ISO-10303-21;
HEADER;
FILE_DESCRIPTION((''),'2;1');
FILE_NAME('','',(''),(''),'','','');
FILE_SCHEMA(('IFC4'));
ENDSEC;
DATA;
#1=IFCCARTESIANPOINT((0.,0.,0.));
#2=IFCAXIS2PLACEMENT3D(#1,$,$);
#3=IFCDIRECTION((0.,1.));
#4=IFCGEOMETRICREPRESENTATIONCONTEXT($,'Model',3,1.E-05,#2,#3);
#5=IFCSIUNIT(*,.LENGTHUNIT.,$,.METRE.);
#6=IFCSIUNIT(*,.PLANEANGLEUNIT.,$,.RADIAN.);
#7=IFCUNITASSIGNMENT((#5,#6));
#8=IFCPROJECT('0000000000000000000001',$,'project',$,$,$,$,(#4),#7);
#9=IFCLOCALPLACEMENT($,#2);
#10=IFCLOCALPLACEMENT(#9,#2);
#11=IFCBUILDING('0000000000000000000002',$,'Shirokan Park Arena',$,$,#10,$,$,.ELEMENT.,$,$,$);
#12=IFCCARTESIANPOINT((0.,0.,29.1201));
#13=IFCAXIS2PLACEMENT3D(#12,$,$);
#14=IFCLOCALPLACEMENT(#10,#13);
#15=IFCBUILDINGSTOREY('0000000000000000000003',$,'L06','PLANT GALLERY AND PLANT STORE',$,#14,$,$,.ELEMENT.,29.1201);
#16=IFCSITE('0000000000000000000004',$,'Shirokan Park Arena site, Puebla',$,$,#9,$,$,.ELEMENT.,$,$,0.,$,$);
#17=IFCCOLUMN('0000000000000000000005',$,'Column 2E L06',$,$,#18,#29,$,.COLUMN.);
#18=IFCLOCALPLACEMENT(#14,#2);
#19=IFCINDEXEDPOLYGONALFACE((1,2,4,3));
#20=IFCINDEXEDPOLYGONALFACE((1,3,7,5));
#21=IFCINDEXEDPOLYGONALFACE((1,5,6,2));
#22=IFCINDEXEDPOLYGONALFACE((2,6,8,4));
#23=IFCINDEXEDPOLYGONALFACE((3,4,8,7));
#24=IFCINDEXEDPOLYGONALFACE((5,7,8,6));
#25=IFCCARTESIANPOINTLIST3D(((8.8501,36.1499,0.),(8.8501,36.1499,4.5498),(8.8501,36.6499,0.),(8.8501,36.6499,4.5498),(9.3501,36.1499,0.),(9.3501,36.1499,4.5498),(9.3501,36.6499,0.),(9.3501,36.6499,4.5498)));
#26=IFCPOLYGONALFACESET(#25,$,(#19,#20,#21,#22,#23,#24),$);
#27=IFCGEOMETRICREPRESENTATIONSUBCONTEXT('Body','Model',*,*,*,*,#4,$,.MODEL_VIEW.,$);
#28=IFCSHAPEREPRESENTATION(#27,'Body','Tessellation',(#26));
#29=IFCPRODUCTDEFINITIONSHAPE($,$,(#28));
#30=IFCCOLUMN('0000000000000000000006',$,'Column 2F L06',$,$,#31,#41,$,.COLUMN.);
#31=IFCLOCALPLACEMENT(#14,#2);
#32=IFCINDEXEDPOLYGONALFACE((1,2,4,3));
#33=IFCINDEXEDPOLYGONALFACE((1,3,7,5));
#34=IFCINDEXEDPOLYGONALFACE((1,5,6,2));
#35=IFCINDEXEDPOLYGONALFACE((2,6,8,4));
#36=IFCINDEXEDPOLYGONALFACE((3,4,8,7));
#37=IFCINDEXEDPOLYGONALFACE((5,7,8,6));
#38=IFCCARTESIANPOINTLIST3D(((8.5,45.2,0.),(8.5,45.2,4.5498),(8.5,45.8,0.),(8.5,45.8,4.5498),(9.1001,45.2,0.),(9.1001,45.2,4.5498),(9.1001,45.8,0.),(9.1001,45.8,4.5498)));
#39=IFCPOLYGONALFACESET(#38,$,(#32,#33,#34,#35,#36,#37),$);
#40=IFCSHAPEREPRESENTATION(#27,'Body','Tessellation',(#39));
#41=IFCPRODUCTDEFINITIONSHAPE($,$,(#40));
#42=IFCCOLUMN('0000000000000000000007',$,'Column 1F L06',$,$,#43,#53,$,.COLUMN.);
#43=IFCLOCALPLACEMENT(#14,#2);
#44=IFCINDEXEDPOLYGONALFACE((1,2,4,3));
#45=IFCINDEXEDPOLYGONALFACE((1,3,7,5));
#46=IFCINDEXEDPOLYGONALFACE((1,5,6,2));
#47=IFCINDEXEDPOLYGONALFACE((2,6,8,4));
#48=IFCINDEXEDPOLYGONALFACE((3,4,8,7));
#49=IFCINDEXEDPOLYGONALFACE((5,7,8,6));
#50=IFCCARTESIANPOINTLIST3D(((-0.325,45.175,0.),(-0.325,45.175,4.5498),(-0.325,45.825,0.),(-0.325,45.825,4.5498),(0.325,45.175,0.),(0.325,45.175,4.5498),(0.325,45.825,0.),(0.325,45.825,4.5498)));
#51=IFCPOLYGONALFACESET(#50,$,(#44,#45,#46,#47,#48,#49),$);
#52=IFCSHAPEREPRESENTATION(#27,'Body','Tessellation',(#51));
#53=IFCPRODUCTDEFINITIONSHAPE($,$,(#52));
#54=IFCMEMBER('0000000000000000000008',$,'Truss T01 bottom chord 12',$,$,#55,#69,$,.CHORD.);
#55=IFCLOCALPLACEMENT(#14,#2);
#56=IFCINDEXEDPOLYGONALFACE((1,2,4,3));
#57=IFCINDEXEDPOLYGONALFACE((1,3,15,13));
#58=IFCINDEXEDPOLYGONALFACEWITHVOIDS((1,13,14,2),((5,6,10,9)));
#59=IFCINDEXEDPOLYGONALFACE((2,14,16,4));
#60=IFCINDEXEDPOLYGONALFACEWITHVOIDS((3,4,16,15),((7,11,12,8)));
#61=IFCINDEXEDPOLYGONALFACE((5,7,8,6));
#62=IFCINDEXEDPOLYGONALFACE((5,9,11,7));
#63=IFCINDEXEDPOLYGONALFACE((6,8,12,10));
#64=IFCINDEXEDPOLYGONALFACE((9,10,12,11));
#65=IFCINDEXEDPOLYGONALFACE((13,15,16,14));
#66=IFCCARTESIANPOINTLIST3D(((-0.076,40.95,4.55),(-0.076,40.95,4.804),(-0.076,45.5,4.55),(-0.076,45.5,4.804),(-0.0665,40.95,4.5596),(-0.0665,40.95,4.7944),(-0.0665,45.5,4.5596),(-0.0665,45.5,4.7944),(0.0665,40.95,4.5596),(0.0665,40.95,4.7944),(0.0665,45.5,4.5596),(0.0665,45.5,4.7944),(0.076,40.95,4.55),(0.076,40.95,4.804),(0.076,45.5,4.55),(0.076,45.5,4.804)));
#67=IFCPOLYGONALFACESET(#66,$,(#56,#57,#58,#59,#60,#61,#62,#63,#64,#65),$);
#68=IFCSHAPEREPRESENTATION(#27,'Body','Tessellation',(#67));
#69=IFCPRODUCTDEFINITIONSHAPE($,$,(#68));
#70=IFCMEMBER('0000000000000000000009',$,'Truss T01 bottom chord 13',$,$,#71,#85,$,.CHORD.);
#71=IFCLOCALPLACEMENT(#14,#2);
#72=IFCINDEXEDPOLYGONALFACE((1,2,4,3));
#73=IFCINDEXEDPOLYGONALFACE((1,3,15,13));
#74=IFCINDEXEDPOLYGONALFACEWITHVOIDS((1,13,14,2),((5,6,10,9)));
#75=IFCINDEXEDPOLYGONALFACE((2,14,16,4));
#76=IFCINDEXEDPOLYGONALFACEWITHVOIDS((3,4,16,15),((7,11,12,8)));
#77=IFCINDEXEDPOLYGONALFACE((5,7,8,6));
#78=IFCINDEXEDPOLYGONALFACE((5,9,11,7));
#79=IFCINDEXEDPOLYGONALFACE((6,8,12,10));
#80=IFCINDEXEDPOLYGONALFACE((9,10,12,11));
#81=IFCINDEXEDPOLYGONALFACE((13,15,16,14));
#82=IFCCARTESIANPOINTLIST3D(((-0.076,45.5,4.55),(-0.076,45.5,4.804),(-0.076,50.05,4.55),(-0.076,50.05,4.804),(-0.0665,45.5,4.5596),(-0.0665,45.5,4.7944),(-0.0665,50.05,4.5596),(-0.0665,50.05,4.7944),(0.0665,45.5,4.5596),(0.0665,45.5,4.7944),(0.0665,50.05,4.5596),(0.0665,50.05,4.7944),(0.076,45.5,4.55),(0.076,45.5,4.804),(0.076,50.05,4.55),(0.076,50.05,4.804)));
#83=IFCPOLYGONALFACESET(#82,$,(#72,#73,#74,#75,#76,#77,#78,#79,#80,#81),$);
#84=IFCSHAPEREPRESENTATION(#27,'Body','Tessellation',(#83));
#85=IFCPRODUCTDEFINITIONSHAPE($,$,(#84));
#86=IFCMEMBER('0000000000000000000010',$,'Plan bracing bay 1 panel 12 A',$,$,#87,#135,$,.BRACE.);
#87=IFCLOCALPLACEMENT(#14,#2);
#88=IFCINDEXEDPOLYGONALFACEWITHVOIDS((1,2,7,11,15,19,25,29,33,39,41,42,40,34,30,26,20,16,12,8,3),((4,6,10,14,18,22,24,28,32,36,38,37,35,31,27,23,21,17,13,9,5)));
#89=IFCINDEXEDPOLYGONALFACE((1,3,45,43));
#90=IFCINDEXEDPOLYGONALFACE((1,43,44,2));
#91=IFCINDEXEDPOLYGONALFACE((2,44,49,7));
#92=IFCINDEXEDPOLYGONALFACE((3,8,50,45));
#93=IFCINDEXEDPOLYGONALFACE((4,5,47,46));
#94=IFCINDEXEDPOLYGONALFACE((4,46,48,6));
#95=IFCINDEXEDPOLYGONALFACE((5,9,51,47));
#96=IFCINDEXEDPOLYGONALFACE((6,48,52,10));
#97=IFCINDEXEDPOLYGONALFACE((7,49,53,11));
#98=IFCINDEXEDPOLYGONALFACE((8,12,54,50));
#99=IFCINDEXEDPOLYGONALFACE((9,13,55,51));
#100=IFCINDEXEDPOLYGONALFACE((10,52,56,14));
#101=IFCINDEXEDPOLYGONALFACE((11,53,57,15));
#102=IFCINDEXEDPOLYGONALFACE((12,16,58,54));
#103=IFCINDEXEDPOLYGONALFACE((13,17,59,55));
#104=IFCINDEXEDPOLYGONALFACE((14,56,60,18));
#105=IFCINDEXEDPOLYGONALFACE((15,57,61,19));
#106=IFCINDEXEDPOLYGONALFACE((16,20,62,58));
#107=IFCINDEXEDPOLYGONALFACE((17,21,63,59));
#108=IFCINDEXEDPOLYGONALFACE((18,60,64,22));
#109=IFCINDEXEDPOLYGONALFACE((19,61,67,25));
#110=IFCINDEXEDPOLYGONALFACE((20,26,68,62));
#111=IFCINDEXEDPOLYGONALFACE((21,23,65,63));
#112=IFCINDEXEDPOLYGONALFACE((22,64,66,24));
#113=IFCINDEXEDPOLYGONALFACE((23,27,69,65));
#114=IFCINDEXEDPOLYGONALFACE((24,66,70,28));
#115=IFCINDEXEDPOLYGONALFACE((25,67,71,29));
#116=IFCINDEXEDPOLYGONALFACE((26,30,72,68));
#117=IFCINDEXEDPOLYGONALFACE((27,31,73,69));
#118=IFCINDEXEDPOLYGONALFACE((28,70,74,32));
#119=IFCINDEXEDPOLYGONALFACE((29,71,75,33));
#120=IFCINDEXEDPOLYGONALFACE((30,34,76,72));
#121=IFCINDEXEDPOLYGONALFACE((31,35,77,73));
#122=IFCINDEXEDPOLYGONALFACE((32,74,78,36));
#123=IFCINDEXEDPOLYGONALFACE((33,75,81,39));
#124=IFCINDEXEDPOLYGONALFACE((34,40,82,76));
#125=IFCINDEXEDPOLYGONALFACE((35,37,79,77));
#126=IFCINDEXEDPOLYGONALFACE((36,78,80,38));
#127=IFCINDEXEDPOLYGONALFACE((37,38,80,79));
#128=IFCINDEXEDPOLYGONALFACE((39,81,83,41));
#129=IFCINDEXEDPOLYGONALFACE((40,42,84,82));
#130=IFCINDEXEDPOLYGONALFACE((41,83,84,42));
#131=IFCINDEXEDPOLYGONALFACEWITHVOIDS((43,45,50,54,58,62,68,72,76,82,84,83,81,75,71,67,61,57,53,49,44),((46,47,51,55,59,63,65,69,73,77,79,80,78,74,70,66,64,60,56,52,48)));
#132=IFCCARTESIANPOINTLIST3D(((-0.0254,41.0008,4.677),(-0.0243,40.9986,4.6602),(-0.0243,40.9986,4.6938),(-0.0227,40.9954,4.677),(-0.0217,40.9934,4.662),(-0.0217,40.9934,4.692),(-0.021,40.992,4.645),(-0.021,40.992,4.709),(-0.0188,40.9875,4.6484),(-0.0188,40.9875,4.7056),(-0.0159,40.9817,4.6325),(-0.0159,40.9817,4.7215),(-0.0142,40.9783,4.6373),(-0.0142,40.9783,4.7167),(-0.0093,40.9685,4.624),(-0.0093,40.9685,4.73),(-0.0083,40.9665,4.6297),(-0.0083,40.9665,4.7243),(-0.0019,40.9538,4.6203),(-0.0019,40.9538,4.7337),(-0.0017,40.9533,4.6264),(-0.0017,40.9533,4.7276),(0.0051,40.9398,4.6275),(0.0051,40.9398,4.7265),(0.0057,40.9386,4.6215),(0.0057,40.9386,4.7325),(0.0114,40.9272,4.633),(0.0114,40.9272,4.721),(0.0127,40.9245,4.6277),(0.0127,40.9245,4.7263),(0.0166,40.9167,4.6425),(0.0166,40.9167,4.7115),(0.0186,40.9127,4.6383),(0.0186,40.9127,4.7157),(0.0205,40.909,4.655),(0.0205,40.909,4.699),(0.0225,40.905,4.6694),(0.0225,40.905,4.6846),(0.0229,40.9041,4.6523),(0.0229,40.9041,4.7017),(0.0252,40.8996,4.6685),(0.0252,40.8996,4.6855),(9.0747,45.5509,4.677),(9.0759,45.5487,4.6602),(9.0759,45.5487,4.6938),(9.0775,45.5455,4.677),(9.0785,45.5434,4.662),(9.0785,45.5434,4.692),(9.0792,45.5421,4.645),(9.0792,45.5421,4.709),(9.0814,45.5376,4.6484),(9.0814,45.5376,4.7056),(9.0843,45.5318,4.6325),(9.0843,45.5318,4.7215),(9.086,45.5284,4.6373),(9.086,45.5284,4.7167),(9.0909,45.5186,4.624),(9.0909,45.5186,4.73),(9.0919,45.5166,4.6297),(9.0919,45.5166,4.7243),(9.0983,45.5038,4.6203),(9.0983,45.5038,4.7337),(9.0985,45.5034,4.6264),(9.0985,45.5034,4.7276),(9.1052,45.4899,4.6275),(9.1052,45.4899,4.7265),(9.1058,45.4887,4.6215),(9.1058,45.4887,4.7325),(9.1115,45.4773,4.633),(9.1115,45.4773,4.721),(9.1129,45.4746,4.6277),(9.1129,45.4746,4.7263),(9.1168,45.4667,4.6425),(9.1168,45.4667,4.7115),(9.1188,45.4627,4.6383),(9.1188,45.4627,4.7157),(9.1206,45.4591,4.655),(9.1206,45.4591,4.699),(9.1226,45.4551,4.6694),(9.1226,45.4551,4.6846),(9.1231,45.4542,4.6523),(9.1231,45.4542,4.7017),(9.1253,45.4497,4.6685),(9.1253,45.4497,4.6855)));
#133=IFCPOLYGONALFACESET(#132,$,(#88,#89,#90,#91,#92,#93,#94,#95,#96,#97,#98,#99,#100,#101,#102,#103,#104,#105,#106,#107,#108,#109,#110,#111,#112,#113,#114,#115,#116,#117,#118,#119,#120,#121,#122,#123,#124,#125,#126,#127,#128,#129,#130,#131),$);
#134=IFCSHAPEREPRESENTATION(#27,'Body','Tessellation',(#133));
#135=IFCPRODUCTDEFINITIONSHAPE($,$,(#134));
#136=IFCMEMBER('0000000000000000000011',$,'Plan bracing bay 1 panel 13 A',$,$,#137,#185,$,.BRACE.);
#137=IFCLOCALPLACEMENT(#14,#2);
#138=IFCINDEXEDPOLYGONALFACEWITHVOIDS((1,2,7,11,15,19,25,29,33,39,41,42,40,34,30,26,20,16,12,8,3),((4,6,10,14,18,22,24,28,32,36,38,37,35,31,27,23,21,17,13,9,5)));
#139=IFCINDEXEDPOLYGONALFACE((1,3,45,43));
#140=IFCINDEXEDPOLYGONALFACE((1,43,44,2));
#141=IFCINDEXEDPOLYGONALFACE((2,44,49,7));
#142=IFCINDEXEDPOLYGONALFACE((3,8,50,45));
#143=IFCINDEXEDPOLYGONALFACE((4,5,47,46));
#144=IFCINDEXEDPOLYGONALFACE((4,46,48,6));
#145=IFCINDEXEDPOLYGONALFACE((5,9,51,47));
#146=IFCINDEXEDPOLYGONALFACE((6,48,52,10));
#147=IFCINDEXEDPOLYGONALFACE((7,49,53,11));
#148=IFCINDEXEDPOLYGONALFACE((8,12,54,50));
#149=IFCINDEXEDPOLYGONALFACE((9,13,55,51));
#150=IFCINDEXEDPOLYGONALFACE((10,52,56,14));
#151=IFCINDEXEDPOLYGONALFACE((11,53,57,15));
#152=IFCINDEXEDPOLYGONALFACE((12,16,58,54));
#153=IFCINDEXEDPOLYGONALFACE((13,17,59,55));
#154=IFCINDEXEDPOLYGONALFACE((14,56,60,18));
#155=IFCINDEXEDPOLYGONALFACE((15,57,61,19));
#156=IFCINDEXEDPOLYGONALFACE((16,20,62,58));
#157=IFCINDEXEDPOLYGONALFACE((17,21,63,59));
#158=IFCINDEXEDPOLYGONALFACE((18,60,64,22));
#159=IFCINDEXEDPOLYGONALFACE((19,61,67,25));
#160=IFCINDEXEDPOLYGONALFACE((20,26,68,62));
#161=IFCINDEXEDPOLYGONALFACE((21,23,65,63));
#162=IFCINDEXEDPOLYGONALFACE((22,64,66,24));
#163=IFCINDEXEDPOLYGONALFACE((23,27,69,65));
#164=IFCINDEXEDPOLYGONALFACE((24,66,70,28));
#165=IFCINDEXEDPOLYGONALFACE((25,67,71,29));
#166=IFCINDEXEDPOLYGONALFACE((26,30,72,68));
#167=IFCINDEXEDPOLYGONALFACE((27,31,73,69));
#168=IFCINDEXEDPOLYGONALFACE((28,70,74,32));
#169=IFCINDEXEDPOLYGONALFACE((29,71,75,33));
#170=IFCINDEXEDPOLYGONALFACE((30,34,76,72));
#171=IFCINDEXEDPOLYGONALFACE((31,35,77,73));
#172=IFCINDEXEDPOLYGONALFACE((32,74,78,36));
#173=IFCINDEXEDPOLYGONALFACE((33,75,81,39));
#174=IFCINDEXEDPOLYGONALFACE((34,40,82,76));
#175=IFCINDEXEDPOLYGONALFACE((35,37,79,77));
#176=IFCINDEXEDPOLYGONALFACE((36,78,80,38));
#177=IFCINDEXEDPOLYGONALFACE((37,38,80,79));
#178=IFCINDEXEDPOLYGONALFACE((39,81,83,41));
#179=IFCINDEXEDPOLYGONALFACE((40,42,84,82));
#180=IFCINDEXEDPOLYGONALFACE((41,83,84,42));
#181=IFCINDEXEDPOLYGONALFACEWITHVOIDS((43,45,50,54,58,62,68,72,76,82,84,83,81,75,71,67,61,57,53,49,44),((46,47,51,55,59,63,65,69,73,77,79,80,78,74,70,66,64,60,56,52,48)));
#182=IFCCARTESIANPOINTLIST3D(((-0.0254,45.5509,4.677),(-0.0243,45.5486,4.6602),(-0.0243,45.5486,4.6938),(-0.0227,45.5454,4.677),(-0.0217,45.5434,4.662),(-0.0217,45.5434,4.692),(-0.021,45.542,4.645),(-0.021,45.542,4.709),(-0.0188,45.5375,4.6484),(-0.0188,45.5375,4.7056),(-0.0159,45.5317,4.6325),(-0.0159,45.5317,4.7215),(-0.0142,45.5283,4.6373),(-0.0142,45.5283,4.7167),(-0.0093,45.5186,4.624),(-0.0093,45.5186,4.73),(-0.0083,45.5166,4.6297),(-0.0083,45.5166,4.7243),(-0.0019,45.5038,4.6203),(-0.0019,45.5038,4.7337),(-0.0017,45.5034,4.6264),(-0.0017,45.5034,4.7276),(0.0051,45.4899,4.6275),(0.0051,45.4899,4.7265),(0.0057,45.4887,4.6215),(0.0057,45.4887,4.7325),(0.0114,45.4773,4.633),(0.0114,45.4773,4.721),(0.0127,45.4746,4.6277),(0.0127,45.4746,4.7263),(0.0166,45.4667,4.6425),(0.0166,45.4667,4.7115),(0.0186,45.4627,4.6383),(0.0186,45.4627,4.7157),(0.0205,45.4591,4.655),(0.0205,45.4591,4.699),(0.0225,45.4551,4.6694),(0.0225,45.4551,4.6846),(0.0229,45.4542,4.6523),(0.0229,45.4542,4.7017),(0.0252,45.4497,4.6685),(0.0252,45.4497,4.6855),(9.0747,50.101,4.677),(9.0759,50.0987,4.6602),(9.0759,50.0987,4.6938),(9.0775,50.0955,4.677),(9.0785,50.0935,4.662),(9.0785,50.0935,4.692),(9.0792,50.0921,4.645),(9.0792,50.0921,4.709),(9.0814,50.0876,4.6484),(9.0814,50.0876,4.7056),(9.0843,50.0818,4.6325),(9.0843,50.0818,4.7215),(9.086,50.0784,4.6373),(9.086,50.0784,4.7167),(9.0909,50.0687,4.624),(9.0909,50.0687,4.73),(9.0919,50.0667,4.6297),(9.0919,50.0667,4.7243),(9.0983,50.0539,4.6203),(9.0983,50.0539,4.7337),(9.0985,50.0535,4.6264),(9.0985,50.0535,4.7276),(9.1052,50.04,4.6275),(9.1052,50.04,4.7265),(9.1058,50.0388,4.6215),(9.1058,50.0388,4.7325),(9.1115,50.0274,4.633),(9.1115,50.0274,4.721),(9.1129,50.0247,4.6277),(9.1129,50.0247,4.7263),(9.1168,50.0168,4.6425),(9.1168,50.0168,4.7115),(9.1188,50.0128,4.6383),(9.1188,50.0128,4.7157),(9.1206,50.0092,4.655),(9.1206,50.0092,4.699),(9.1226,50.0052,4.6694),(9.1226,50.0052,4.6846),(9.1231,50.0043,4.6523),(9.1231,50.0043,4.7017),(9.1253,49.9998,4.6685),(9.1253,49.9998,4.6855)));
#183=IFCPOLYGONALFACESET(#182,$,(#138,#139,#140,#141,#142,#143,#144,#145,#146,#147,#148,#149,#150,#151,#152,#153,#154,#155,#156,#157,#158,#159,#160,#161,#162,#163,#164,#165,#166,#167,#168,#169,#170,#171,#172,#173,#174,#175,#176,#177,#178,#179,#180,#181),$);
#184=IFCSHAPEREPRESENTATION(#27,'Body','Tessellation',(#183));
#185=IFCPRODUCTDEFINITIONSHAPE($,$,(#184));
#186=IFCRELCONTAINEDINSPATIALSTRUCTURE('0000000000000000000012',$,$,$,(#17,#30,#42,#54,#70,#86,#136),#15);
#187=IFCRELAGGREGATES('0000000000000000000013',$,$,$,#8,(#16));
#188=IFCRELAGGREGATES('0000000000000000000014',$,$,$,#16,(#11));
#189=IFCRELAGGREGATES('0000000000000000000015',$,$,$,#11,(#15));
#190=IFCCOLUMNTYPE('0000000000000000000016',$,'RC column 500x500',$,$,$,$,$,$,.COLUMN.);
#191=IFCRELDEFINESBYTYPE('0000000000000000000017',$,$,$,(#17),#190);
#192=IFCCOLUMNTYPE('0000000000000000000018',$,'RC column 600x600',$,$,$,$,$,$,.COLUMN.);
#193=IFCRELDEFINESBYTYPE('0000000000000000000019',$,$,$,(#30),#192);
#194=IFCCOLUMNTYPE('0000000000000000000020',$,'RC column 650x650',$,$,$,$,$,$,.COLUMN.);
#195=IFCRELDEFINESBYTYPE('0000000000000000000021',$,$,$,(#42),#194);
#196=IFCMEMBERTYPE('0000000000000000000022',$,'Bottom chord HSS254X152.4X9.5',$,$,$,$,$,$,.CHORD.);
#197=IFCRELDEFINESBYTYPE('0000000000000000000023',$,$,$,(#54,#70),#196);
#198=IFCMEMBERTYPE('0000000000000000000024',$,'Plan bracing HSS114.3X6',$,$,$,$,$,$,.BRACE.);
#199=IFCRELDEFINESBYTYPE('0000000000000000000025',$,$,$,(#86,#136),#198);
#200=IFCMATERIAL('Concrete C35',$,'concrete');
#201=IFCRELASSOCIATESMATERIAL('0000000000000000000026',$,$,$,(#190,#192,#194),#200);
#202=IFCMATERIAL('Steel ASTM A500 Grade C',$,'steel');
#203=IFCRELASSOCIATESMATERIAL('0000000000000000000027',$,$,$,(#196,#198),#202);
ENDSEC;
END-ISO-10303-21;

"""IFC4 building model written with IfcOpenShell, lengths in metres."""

from ifc_helpers import new_model, si_unit, direction, frame, origin, origin_2d, place, context, subcontext, project, spatial, rectangle, hollow_rectangle, hollow_circle, extrude, material, material_profile, profile_set, type_object, element, save


model = new_model("IFC4")

# Units and contexts
model_context = context("Model", 3, precision=1e-05, world=origin(), true_north=direction((0.0, 1.0)))
body_context = subcontext(model_context, "Body", "Model", "MODEL_VIEW")
ifc_project = project(units=[si_unit("LENGTHUNIT", "METRE"), si_unit("PLANEANGLEUNIT", "RADIAN")], contexts=[model_context])

# Site, building, storey
site_placement = place(None, origin())
site = spatial("IfcSite", under=ifc_project, at=site_placement, Name="Shirokan Park Arena site, Puebla", CompositionType="ELEMENT", RefElevation=0.0)
building_placement = place(site_placement, origin())
building = spatial("IfcBuilding", under=site, at=building_placement, Name="Shirokan Park Arena", CompositionType="ELEMENT")
storey_placement = place(building_placement, frame((0.0, 0.0, 29.1201)))
storey = spatial("IfcBuildingStorey", under=building, at=storey_placement, Name="L06", Description="PLANT GALLERY AND PLANT STORE", CompositionType="ELEMENT", Elevation=29.1201)

# Columns
ifc_material_1 = material(Name="Concrete C35", Category="concrete")
ifc_material_profile_1 = material_profile(ifc_material_1, rectangle(XDim=0.5, YDim=0.5, at=origin_2d()), Name="500x500")
ifc_profile_set_1 = profile_set([ifc_material_profile_1], Name="Concrete C35")
column_type_1 = type_object("IfcColumnType", Name="RC column 500x500", PredefinedType="COLUMN", material=ifc_profile_set_1)
column_1_placement = place(storey_placement, frame((9.1001, 36.3999, 0.0), z_axis=(0.0, 0.0, 1.0), x_axis=(1.0, 0.0, 0.0)))
element("IfcColumn", 1, at=column_1_placement, inside=storey, type_object=column_type_1, Name="Column 2E L06", PredefinedType="COLUMN", context=body_context, shape_type="SweptSolid", body=[
    extrude(rectangle(XDim=0.5, YDim=0.5, at=origin_2d()), origin(), (0.0, 0.0, 1.0), 4.5498),
])
ifc_material_profile_2 = material_profile(ifc_material_1, rectangle(XDim=0.6001, YDim=0.6001, at=origin_2d()), Name="600x600")
ifc_profile_set_2 = profile_set([ifc_material_profile_2], Name="Concrete C35")
column_type_2 = type_object("IfcColumnType", Name="RC column 600x600", PredefinedType="COLUMN", material=ifc_profile_set_2)
column_2_placement = place(storey_placement, frame((8.8, 45.5, 0.0), z_axis=(0.0, 0.0, 1.0), x_axis=(1.0, 0.0, 0.0)))
element("IfcColumn", 2, at=column_2_placement, inside=storey, type_object=column_type_2, Name="Column 2F L06", PredefinedType="COLUMN", context=body_context, shape_type="SweptSolid", body=[
    extrude(rectangle(XDim=0.6001, YDim=0.6001, at=origin_2d()), origin(), (0.0, 0.0, 1.0), 4.5498),
])
ifc_material_profile_3 = material_profile(ifc_material_1, rectangle(XDim=0.6499, YDim=0.6499, at=origin_2d()), Name="650x650")
ifc_profile_set_3 = profile_set([ifc_material_profile_3], Name="Concrete C35")
column_type_3 = type_object("IfcColumnType", Name="RC column 650x650", PredefinedType="COLUMN", material=ifc_profile_set_3)
column_3_placement = place(storey_placement, frame((0.0, 45.5, 0.0), z_axis=(0.0, 0.0, 1.0), x_axis=(1.0, 0.0, 0.0)))
element("IfcColumn", 3, at=column_3_placement, inside=storey, type_object=column_type_3, Name="Column 1F L06", PredefinedType="COLUMN", context=body_context, shape_type="SweptSolid", body=[
    extrude(rectangle(XDim=0.6499, YDim=0.6499, at=origin_2d()), origin(), (0.0, 0.0, 1.0), 4.5498),
])

# Members
ifc_material_2 = material(Name="Steel ASTM A500 Grade C", Category="steel")
ifc_material_profile_4 = material_profile(ifc_material_2, hollow_rectangle(XDim=0.1521, YDim=0.2539, WallThickness=0.0095, at=origin_2d()), Name="HSS254X152.4X9.5")
ifc_profile_set_4 = profile_set([ifc_material_profile_4], Name="Steel ASTM A500 Grade C")
member_type_1 = type_object("IfcMemberType", Name="Bottom chord HSS254X152.4X9.5", PredefinedType="CHORD", material=ifc_profile_set_4)
for number, where, z_axis, x_axis, name in (
    (4, (0.0, 40.95, 4.677), (0.0, 1.0, 0.0), (-1.0, 0.0, 0.0), "Truss T01 bottom chord 12"),
    (5, (0.0, 45.5, 4.677), (0.0, 1.0, 0.0), (-1.0, 0.0, 0.0), "Truss T01 bottom chord 13"),
):
    element("IfcMember", number, at=place(storey_placement, frame(where, z_axis=z_axis, x_axis=x_axis)), inside=storey, type_object=member_type_1, Name=name, PredefinedType="CHORD", context=body_context, shape_type="SweptSolid", body=[
        extrude(hollow_rectangle(XDim=0.1521, YDim=0.2539, WallThickness=0.0095, at=origin_2d()), origin(), (0.0, 0.0, 1.0), 4.55),
    ])
ifc_material_profile_5 = material_profile(ifc_material_2, hollow_circle(Radius=0.0569, WallThickness=0.0061, at=origin_2d()), Name="HSS114.3X6")
ifc_profile_set_5 = profile_set([ifc_material_profile_5], Name="Steel ASTM A500 Grade C")
member_type_2 = type_object("IfcMemberType", Name="Plan bracing HSS114.3X6", PredefinedType="BRACE", material=ifc_profile_set_5)
for number, where, z_axis, x_axis, name in (
    (6, (0.0, 40.95, 4.677), (0.894427, 0.447214, 0.0), (-0.447214, 0.894427, 0.0), "Plan bracing bay 1 panel 12 A"),
    (7, (0.0, 45.5, 4.677), (0.894427, 0.447214, 0.0), (-0.447214, 0.894427, 0.0), "Plan bracing bay 1 panel 13 A"),
):
    element("IfcMember", number, at=place(storey_placement, frame(where, z_axis=z_axis, x_axis=x_axis)), inside=storey, type_object=member_type_2, Name=name, PredefinedType="BRACE", context=body_context, shape_type="SweptSolid", body=[
        extrude(hollow_circle(Radius=0.0569, WallThickness=0.0061, at=origin_2d()), origin(), (0.0, 0.0, 1.0), 10.1743),
    ])

save(model, "model.ifc")
